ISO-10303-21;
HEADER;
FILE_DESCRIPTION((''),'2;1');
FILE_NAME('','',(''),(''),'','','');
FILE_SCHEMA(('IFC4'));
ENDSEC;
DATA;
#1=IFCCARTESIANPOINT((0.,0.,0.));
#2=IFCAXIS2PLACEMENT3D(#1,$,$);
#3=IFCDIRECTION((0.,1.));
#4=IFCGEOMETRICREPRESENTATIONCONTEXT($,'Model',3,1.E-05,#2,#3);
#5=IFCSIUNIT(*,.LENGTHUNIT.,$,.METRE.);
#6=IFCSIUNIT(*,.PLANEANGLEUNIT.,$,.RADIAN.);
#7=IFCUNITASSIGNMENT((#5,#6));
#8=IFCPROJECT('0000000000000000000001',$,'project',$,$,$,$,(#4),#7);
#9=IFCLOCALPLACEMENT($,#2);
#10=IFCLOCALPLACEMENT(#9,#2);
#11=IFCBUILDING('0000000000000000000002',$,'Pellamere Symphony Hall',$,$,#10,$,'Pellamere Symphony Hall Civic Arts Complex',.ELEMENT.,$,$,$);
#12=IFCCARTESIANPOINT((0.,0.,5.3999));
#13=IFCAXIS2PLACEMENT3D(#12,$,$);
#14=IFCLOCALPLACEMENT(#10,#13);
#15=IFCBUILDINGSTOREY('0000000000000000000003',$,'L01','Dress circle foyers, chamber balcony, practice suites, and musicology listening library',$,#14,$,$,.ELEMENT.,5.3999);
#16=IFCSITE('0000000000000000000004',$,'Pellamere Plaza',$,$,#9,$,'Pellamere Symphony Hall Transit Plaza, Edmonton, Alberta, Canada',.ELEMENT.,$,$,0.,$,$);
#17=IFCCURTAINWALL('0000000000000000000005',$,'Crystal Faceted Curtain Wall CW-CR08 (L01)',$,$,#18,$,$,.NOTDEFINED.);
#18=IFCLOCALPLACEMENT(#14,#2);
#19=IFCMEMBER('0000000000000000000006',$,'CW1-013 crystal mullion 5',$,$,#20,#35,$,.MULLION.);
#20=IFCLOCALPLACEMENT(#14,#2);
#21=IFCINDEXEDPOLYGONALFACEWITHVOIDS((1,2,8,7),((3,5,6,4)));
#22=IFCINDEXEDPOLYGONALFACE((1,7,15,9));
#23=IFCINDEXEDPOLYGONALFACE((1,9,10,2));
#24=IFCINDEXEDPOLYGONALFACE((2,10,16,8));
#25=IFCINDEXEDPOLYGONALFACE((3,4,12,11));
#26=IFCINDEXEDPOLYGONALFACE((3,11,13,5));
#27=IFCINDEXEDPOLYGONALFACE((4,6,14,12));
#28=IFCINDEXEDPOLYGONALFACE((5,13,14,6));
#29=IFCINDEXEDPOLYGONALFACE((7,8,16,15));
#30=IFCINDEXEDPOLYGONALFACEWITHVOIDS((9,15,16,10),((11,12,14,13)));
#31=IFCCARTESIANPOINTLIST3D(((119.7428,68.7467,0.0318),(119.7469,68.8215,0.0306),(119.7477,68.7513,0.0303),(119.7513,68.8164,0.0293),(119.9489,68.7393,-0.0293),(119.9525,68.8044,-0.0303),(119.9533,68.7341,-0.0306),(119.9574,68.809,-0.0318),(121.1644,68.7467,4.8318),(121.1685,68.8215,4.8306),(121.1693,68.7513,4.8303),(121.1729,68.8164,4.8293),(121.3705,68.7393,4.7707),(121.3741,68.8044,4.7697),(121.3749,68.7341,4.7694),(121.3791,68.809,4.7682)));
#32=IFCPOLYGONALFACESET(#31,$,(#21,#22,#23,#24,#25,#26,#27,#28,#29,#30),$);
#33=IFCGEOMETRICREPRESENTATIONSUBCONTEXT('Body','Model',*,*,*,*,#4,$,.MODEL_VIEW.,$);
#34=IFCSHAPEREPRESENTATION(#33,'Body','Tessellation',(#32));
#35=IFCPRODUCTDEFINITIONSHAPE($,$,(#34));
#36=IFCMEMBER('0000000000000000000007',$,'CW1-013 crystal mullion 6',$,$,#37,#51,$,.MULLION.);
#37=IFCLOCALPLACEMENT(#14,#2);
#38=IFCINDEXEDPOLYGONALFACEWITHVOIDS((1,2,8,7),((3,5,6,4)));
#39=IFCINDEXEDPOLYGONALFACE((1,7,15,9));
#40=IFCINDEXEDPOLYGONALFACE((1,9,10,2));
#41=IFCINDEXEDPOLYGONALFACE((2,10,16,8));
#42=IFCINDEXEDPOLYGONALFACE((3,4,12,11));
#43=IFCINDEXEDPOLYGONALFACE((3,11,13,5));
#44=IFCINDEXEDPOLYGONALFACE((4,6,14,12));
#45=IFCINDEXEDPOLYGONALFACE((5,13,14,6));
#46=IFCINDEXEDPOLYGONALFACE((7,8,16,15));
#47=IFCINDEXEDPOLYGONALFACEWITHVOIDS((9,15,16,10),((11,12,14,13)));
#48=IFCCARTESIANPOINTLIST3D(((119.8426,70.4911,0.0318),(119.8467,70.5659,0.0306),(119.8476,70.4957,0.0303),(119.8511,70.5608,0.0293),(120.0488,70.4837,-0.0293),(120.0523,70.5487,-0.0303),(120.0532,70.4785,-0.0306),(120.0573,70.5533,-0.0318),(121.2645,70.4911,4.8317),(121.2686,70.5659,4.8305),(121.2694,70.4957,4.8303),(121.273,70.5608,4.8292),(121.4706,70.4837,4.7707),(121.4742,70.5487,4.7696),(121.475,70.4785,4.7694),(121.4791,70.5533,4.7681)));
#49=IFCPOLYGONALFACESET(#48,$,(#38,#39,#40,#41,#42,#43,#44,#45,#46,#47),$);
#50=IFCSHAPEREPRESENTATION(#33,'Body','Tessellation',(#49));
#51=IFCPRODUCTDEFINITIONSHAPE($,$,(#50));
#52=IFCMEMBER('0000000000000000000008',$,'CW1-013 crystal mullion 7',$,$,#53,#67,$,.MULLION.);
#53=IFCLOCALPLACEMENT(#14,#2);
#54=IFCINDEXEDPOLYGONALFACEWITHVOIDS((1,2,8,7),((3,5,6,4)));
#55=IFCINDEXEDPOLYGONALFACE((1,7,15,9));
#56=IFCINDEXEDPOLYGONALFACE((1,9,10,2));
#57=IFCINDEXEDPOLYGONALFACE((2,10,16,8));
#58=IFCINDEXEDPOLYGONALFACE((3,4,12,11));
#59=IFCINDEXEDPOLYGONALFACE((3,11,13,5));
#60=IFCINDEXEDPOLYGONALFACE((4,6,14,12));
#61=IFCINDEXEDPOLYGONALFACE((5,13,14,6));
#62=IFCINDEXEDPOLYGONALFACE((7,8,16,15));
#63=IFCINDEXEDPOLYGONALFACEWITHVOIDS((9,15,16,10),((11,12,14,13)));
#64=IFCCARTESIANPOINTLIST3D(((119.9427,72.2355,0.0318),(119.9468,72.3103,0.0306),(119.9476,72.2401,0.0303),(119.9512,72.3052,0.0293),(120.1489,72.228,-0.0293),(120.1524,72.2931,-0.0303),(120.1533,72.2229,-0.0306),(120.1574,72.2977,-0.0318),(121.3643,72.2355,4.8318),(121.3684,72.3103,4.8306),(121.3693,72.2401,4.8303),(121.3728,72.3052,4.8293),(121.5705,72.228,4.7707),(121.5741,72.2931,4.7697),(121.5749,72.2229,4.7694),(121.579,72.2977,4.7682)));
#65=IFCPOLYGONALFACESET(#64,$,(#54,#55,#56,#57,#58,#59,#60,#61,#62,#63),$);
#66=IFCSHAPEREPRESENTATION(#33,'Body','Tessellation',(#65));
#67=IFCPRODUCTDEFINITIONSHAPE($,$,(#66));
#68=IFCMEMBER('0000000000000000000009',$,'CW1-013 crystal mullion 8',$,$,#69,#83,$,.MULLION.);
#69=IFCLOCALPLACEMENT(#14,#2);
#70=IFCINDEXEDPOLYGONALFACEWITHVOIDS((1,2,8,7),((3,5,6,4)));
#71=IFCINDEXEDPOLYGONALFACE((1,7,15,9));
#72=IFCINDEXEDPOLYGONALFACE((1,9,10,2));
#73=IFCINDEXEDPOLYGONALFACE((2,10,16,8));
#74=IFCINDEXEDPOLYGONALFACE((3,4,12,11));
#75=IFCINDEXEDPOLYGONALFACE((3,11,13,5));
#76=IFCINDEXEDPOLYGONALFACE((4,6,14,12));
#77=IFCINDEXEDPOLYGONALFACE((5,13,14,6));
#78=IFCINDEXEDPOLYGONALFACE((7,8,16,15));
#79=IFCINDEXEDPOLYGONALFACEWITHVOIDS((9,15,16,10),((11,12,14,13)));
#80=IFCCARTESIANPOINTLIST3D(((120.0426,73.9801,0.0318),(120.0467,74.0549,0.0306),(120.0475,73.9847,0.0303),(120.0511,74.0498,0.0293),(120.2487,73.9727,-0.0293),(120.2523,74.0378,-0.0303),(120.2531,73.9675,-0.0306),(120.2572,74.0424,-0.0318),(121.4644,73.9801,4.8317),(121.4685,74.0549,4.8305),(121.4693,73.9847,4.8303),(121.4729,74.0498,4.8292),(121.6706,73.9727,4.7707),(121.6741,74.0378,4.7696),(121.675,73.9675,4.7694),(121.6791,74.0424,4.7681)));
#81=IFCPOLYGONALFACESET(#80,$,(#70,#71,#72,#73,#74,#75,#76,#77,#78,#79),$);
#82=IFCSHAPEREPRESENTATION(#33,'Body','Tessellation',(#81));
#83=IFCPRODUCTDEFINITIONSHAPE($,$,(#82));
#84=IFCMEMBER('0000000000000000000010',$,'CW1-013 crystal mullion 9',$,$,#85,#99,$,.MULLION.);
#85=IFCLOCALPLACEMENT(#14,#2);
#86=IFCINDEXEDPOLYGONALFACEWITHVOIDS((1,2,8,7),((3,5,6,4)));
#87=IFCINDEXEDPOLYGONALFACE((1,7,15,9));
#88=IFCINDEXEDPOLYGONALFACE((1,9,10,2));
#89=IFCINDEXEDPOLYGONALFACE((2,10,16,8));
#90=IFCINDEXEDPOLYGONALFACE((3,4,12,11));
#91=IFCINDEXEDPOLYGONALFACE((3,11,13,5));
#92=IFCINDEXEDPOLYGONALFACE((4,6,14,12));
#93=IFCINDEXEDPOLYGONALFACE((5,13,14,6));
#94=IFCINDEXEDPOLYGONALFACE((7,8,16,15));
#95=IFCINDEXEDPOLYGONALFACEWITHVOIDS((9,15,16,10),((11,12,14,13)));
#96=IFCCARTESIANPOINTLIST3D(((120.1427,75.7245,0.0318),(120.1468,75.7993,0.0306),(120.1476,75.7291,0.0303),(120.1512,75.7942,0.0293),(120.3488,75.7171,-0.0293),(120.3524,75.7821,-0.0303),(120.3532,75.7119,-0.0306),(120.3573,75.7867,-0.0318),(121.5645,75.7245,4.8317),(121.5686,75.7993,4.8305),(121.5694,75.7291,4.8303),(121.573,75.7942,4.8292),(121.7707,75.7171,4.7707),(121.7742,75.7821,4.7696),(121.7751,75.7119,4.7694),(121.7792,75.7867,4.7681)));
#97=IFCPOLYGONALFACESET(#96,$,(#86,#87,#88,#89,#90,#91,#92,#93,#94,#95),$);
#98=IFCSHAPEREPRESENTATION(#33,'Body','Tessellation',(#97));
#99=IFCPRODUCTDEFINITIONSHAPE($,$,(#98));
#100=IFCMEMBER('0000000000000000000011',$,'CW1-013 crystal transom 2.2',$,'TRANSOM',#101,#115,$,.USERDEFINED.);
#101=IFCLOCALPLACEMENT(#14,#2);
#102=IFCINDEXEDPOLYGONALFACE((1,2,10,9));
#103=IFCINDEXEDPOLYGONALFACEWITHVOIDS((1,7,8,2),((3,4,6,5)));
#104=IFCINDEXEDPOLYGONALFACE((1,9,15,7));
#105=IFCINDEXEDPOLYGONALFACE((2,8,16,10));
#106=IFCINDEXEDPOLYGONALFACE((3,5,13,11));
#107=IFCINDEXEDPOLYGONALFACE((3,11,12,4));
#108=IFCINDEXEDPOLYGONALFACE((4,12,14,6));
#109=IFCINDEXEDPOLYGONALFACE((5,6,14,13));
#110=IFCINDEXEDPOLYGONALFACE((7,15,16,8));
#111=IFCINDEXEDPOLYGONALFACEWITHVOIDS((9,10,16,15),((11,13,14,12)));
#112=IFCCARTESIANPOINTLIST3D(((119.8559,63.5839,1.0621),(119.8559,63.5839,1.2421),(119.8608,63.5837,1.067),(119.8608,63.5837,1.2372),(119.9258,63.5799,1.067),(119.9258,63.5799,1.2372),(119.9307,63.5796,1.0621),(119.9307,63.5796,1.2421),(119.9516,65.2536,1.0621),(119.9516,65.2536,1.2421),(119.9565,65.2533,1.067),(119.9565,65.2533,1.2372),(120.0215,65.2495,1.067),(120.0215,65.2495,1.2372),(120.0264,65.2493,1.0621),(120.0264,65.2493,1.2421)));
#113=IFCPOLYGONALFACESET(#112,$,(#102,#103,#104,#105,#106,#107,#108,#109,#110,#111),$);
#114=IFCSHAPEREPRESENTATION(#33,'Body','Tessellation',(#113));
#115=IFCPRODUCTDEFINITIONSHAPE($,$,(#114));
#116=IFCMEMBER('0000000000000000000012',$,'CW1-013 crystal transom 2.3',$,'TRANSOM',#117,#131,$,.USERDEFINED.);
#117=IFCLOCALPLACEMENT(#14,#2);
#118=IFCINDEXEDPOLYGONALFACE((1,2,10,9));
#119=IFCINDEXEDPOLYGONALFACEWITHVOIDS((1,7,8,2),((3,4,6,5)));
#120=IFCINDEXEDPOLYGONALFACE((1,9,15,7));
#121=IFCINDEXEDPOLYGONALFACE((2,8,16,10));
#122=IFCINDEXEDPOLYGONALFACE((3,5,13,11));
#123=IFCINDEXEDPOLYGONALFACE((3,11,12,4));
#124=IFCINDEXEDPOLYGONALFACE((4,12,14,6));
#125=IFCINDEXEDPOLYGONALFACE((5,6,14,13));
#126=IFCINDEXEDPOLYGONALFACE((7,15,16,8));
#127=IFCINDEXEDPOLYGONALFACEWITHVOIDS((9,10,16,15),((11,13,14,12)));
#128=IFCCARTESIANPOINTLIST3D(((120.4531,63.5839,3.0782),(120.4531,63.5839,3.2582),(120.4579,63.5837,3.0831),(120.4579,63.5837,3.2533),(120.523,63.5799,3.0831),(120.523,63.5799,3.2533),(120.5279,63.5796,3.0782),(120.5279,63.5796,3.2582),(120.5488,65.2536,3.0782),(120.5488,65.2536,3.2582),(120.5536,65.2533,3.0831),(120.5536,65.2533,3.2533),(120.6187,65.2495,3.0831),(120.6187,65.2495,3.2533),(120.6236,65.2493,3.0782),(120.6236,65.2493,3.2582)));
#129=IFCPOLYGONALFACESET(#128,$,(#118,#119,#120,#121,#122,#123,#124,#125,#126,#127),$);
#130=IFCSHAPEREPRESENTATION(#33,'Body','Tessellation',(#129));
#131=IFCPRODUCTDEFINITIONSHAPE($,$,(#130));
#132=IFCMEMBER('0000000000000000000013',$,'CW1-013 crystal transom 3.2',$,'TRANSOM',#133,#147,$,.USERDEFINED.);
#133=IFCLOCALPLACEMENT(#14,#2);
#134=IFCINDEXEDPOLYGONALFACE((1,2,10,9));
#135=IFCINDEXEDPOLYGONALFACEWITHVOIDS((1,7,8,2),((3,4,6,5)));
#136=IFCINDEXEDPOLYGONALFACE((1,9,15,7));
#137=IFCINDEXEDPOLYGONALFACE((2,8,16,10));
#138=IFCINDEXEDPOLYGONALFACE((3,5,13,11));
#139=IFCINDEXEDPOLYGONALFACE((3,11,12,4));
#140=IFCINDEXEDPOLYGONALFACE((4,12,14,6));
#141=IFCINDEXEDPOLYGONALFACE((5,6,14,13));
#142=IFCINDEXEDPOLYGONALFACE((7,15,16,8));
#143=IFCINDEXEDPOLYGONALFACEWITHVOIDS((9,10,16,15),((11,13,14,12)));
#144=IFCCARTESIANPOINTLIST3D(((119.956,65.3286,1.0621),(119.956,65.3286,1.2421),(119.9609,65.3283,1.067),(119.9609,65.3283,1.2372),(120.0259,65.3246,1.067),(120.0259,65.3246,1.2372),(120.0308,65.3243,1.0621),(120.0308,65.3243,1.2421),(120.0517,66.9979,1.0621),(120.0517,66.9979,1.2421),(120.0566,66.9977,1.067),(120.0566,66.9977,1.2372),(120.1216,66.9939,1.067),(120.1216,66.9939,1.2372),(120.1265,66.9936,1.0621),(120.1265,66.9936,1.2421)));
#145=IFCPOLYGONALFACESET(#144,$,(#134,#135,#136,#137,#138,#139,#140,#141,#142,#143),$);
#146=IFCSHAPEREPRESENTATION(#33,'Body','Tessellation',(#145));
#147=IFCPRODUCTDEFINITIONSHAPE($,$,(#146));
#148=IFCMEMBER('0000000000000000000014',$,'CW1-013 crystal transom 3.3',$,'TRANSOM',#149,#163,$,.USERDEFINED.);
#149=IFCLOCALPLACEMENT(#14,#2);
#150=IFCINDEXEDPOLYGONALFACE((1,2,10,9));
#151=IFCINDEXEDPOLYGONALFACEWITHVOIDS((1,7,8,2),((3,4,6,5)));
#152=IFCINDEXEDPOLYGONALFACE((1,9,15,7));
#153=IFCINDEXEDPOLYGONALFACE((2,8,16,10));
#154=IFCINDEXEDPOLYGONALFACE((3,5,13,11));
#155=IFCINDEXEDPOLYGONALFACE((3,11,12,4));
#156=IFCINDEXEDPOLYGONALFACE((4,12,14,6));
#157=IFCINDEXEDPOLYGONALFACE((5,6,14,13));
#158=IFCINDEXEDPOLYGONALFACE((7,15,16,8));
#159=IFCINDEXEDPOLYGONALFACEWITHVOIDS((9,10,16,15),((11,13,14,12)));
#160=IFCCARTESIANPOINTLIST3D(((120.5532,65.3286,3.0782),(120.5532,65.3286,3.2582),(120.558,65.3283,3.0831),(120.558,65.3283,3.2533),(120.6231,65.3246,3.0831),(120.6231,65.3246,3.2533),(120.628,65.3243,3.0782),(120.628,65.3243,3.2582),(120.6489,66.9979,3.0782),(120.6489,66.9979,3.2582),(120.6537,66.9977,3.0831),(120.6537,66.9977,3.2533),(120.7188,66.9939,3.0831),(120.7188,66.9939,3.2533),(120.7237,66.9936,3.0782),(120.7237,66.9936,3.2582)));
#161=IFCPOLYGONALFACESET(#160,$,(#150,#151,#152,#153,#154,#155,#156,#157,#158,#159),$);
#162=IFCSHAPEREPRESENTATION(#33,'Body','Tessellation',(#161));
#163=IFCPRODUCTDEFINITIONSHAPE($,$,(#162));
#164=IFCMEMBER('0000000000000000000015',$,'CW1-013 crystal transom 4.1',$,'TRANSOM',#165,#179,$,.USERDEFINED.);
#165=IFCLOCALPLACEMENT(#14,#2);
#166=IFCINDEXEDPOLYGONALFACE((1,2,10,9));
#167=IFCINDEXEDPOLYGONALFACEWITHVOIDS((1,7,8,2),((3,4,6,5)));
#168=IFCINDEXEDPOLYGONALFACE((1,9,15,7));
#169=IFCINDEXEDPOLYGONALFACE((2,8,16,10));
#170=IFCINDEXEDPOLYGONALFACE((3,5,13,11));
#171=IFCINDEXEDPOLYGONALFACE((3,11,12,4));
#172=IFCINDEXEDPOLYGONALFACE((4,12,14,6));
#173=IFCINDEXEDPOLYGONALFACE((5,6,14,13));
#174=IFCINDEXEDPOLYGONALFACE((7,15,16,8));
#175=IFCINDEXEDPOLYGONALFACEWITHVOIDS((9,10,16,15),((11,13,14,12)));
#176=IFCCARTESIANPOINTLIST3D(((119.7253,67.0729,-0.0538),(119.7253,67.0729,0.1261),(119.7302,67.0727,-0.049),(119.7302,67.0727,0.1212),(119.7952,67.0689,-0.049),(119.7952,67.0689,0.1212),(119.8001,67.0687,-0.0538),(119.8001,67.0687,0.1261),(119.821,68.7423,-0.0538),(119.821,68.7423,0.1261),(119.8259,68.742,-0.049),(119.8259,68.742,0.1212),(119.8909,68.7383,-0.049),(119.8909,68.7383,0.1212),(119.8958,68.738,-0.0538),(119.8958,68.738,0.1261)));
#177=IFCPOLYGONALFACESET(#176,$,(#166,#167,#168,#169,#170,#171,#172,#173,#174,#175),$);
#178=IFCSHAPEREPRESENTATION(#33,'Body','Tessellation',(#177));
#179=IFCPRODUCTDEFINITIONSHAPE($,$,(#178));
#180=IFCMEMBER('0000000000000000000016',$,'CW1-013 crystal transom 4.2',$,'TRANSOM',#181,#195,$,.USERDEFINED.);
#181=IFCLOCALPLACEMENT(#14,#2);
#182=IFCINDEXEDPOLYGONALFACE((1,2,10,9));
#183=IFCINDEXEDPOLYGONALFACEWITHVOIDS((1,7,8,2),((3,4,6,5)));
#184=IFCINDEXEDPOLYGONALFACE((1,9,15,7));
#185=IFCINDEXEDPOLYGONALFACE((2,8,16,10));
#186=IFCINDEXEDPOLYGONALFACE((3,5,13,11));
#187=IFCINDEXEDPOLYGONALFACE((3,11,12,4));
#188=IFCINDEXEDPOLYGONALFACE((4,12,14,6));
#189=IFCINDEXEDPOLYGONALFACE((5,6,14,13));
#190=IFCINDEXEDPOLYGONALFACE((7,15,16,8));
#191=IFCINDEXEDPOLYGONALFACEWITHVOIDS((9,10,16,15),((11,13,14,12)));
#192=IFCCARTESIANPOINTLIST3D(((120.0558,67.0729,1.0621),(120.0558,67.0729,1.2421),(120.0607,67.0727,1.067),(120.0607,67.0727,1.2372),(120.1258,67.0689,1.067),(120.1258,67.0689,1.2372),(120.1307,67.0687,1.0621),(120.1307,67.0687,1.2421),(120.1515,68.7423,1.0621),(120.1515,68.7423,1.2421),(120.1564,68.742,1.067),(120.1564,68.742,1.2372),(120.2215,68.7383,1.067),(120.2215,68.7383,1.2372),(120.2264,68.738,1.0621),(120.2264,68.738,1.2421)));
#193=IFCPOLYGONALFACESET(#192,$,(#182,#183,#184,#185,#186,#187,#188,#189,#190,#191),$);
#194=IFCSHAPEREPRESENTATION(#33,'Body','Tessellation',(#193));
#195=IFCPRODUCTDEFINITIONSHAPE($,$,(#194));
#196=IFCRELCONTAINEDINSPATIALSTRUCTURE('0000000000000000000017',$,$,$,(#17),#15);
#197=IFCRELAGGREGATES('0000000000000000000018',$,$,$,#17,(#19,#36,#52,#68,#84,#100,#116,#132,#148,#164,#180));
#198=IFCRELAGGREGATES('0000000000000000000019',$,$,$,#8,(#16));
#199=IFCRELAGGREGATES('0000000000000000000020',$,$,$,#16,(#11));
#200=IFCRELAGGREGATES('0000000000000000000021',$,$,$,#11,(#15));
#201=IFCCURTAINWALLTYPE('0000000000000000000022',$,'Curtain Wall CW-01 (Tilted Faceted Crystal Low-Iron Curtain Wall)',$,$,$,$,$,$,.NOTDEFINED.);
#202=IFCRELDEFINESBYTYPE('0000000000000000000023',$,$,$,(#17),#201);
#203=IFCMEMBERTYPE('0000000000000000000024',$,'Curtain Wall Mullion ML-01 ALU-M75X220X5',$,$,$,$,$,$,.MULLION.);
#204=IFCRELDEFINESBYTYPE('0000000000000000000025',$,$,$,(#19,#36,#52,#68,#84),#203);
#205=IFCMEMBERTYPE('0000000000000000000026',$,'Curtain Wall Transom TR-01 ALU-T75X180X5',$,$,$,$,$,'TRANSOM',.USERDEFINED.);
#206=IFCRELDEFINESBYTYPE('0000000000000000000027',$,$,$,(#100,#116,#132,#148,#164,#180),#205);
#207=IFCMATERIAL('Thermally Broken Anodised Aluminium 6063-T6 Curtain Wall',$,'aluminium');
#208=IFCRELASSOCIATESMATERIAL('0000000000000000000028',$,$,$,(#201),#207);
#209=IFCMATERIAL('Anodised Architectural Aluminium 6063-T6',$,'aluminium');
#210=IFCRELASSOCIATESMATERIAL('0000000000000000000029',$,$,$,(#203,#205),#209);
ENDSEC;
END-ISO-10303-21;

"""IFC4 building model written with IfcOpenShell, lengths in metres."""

from ifc_helpers import new_model, si_unit, direction, frame, origin, origin_2d, place, context, subcontext, project, spatial, hollow_rectangle, extrude, material, material_profile, profile_set, type_object, element, aggregate, save


model = new_model("IFC4")

# Units and contexts
model_context = context("Model", 3, precision=1e-05, world=origin(), true_north=direction((0.0, 1.0)))
body_context = subcontext(model_context, "Body", "Model", "MODEL_VIEW")
ifc_project = project(units=[si_unit("LENGTHUNIT", "METRE"), si_unit("PLANEANGLEUNIT", "RADIAN")], contexts=[model_context])

# Site, building, storey
site_placement = place(None, origin())
site = spatial("IfcSite", under=ifc_project, at=site_placement, Name="Pellamere Plaza", LongName="Pellamere Symphony Hall Transit Plaza, Edmonton, Alberta, Canada", CompositionType="ELEMENT", RefElevation=0.0)
building_placement = place(site_placement, origin())
building = spatial("IfcBuilding", under=site, at=building_placement, Name="Pellamere Symphony Hall", LongName="Pellamere Symphony Hall Civic Arts Complex", CompositionType="ELEMENT")
storey_placement = place(building_placement, frame((0.0, 0.0, 5.3999)))
storey = spatial("IfcBuildingStorey", under=building, at=storey_placement, Name="L01", Description="Dress circle foyers, chamber balcony, practice suites, and musicology listening library", CompositionType="ELEMENT", Elevation=5.3999)

# Curtain wall, members
ifc_material_1 = material(Name="Thermally Broken Anodised Aluminium 6063-T6 Curtain Wall", Category="aluminium")
curtain_wall_type = type_object("IfcCurtainWallType", Name="Curtain Wall CW-01 (Tilted Faceted Crystal Low-Iron Curtain Wall)", PredefinedType="NOTDEFINED", material=ifc_material_1)
curtain_wall_placement = place(storey_placement, origin())
curtain_wall = element("IfcCurtainWall", 1, at=curtain_wall_placement, inside=storey, type_object=curtain_wall_type, Name="Crystal Faceted Curtain Wall CW-CR08 (L01)", PredefinedType="NOTDEFINED")
ifc_material_2 = material(Name="Anodised Architectural Aluminium 6063-T6", Category="aluminium")
ifc_material_profile_1 = material_profile(ifc_material_2, hollow_rectangle(XDim=0.075, YDim=0.22, WallThickness=0.0049, at=origin_2d()), Name="ALU-M75X220X5")
ifc_profile_set_1 = profile_set([ifc_material_profile_1], Name="Anodised Architectural Aluminium 6063-T6")
member_type_1 = type_object("IfcMemberType", Name="Curtain Wall Mullion ML-01 ALU-M75X220X5", PredefinedType="MULLION", material=ifc_profile_set_1)
member_1_placement = place(storey_placement, frame((119.8501, 68.7778, 0.0), z_axis=(0.283977, 0.0, 0.958831), x_axis=(-0.054875, -0.998361, 0.016252)))
member_1 = element("IfcMember", 2, at=member_1_placement, type_object=member_type_1, Name="CW1-013 crystal mullion 5", PredefinedType="MULLION", context=body_context, shape_type="SweptSolid", body=[
    extrude(hollow_rectangle(XDim=0.075, YDim=0.22, WallThickness=0.0049, at=origin_2d()), origin(), (0.0, 0.0, 1.0), 5.0061),
])
member_2_placement = place(storey_placement, frame((119.95, 70.5222, 0.0), z_axis=(0.284022, 0.0, 0.958818), x_axis=(-0.054874, -0.998361, 0.016255)))
member_2 = element("IfcMember", 3, at=member_2_placement, type_object=member_type_1, Name="CW1-013 crystal mullion 6", PredefinedType="MULLION", context=body_context, shape_type="SweptSolid", body=[
    extrude(hollow_rectangle(XDim=0.075, YDim=0.22, WallThickness=0.0049, at=origin_2d()), origin(), (0.0, 0.0, 1.0), 5.0061),
])
member_3_placement = place(storey_placement, frame((120.05, 72.2666, 0.0), z_axis=(0.283977, 0.0, 0.958831), x_axis=(-0.054875, -0.998361, 0.016252)))
member_3 = element("IfcMember", 4, at=member_3_placement, type_object=member_type_1, Name="CW1-013 crystal mullion 7", PredefinedType="MULLION", context=body_context, shape_type="SweptSolid", body=[
    extrude(hollow_rectangle(XDim=0.075, YDim=0.22, WallThickness=0.0049, at=origin_2d()), origin(), (0.0, 0.0, 1.0), 5.0061),
])
member_4_placement = place(storey_placement, frame((120.1499, 74.0112, 0.0), z_axis=(0.284022, 0.0, 0.958818), x_axis=(-0.054874, -0.998361, 0.016255)))
member_4 = element("IfcMember", 5, at=member_4_placement, type_object=member_type_1, Name="CW1-013 crystal mullion 8", PredefinedType="MULLION", context=body_context, shape_type="SweptSolid", body=[
    extrude(hollow_rectangle(XDim=0.075, YDim=0.22, WallThickness=0.0049, at=origin_2d()), origin(), (0.0, 0.0, 1.0), 5.0061),
])
member_5_placement = place(storey_placement, frame((120.25, 75.7556, 0.0), z_axis=(0.284022, 0.0, 0.958818), x_axis=(-0.054874, -0.998361, 0.016255)))
member_5 = element("IfcMember", 6, at=member_5_placement, type_object=member_type_1, Name="CW1-013 crystal mullion 9", PredefinedType="MULLION", context=body_context, shape_type="SweptSolid", body=[
    extrude(hollow_rectangle(XDim=0.075, YDim=0.22, WallThickness=0.0049, at=origin_2d()), origin(), (0.0, 0.0, 1.0), 5.0061),
])
ifc_material_profile_2 = material_profile(ifc_material_2, hollow_rectangle(XDim=0.075, YDim=0.1799, WallThickness=0.0049, at=origin_2d()), Name="ALU-T75X180X5")
ifc_profile_set_2 = profile_set([ifc_material_profile_2], Name="Anodised Architectural Aluminium 6063-T6")
member_type_2 = type_object("IfcMemberType", Name="Curtain Wall Transom TR-01 ALU-T75X180X5", ElementType="TRANSOM", PredefinedType="USERDEFINED", material=ifc_profile_set_2)
member_6_placement = place(storey_placement, frame((119.8933, 63.5818, 1.1521), z_axis=(0.057224, 0.998361, 0.0), x_axis=(-0.998361, 0.057224, 0.0)))
member_6 = element("IfcMember", 7, at=member_6_placement, type_object=member_type_2, Name="CW1-013 crystal transom 2.2", ObjectType="TRANSOM", PredefinedType="USERDEFINED", context=body_context, shape_type="SweptSolid", body=[
    extrude(hollow_rectangle(XDim=0.075, YDim=0.1799, WallThickness=0.0049, at=origin_2d()), origin(), (0.0, 0.0, 1.0), 1.6724),
])
member_7_placement = place(storey_placement, frame((120.4905, 63.5818, 3.1682), z_axis=(0.057224, 0.998361, 0.0), x_axis=(-0.998361, 0.057224, 0.0)))
member_7 = element("IfcMember", 8, at=member_7_placement, type_object=member_type_2, Name="CW1-013 crystal transom 2.3", ObjectType="TRANSOM", PredefinedType="USERDEFINED", context=body_context, shape_type="SweptSolid", body=[
    extrude(hollow_rectangle(XDim=0.075, YDim=0.1799, WallThickness=0.0049, at=origin_2d()), origin(), (0.0, 0.0, 1.0), 1.6724),
])
member_8_placement = place(storey_placement, frame((119.9934, 65.3264, 1.1521), z_axis=(0.057233, 0.998361, 0.0), x_axis=(-0.998361, 0.057233, 0.0)))
member_8 = element("IfcMember", 9, at=member_8_placement, type_object=member_type_2, Name="CW1-013 crystal transom 3.2", ObjectType="TRANSOM", PredefinedType="USERDEFINED", context=body_context, shape_type="SweptSolid", body=[
    extrude(hollow_rectangle(XDim=0.075, YDim=0.1799, WallThickness=0.0049, at=origin_2d()), origin(), (0.0, 0.0, 1.0), 1.6721),
])
member_9_placement = place(storey_placement, frame((120.5906, 65.3264, 3.1682), z_axis=(0.057233, 0.998361, 0.0), x_axis=(-0.998361, 0.057233, 0.0)))
member_9 = element("IfcMember", 10, at=member_9_placement, type_object=member_type_2, Name="CW1-013 crystal transom 3.3", ObjectType="TRANSOM", PredefinedType="USERDEFINED", context=body_context, shape_type="SweptSolid", body=[
    extrude(hollow_rectangle(XDim=0.075, YDim=0.1799, WallThickness=0.0049, at=origin_2d()), origin(), (0.0, 0.0, 1.0), 1.6721),
])
member_10_placement = place(storey_placement, frame((119.7627, 67.0708, 0.0361), z_axis=(0.057233, 0.998361, 0.0), x_axis=(-0.998361, 0.057233, 0.0)))
member_10 = element("IfcMember", 11, at=member_10_placement, type_object=member_type_2, Name="CW1-013 crystal transom 4.1", ObjectType="TRANSOM", PredefinedType="USERDEFINED", context=body_context, shape_type="SweptSolid", body=[
    extrude(hollow_rectangle(XDim=0.075, YDim=0.1799, WallThickness=0.0049, at=origin_2d()), origin(), (0.0, 0.0, 1.0), 1.6721),
])
member_11_placement = place(storey_placement, frame((120.0933, 67.0708, 1.1521), z_axis=(0.057233, 0.998361, 0.0), x_axis=(-0.998361, 0.057233, 0.0)))
member_11 = element("IfcMember", 12, at=member_11_placement, type_object=member_type_2, Name="CW1-013 crystal transom 4.2", ObjectType="TRANSOM", PredefinedType="USERDEFINED", context=body_context, shape_type="SweptSolid", body=[
    extrude(hollow_rectangle(XDim=0.075, YDim=0.1799, WallThickness=0.0049, at=origin_2d()), origin(), (0.0, 0.0, 1.0), 1.6721),
])
aggregate(curtain_wall, [member_1, member_2, member_3, member_4, member_5, member_6, member_7, member_8, member_9, member_10, member_11])

save(model, "model.ifc")
